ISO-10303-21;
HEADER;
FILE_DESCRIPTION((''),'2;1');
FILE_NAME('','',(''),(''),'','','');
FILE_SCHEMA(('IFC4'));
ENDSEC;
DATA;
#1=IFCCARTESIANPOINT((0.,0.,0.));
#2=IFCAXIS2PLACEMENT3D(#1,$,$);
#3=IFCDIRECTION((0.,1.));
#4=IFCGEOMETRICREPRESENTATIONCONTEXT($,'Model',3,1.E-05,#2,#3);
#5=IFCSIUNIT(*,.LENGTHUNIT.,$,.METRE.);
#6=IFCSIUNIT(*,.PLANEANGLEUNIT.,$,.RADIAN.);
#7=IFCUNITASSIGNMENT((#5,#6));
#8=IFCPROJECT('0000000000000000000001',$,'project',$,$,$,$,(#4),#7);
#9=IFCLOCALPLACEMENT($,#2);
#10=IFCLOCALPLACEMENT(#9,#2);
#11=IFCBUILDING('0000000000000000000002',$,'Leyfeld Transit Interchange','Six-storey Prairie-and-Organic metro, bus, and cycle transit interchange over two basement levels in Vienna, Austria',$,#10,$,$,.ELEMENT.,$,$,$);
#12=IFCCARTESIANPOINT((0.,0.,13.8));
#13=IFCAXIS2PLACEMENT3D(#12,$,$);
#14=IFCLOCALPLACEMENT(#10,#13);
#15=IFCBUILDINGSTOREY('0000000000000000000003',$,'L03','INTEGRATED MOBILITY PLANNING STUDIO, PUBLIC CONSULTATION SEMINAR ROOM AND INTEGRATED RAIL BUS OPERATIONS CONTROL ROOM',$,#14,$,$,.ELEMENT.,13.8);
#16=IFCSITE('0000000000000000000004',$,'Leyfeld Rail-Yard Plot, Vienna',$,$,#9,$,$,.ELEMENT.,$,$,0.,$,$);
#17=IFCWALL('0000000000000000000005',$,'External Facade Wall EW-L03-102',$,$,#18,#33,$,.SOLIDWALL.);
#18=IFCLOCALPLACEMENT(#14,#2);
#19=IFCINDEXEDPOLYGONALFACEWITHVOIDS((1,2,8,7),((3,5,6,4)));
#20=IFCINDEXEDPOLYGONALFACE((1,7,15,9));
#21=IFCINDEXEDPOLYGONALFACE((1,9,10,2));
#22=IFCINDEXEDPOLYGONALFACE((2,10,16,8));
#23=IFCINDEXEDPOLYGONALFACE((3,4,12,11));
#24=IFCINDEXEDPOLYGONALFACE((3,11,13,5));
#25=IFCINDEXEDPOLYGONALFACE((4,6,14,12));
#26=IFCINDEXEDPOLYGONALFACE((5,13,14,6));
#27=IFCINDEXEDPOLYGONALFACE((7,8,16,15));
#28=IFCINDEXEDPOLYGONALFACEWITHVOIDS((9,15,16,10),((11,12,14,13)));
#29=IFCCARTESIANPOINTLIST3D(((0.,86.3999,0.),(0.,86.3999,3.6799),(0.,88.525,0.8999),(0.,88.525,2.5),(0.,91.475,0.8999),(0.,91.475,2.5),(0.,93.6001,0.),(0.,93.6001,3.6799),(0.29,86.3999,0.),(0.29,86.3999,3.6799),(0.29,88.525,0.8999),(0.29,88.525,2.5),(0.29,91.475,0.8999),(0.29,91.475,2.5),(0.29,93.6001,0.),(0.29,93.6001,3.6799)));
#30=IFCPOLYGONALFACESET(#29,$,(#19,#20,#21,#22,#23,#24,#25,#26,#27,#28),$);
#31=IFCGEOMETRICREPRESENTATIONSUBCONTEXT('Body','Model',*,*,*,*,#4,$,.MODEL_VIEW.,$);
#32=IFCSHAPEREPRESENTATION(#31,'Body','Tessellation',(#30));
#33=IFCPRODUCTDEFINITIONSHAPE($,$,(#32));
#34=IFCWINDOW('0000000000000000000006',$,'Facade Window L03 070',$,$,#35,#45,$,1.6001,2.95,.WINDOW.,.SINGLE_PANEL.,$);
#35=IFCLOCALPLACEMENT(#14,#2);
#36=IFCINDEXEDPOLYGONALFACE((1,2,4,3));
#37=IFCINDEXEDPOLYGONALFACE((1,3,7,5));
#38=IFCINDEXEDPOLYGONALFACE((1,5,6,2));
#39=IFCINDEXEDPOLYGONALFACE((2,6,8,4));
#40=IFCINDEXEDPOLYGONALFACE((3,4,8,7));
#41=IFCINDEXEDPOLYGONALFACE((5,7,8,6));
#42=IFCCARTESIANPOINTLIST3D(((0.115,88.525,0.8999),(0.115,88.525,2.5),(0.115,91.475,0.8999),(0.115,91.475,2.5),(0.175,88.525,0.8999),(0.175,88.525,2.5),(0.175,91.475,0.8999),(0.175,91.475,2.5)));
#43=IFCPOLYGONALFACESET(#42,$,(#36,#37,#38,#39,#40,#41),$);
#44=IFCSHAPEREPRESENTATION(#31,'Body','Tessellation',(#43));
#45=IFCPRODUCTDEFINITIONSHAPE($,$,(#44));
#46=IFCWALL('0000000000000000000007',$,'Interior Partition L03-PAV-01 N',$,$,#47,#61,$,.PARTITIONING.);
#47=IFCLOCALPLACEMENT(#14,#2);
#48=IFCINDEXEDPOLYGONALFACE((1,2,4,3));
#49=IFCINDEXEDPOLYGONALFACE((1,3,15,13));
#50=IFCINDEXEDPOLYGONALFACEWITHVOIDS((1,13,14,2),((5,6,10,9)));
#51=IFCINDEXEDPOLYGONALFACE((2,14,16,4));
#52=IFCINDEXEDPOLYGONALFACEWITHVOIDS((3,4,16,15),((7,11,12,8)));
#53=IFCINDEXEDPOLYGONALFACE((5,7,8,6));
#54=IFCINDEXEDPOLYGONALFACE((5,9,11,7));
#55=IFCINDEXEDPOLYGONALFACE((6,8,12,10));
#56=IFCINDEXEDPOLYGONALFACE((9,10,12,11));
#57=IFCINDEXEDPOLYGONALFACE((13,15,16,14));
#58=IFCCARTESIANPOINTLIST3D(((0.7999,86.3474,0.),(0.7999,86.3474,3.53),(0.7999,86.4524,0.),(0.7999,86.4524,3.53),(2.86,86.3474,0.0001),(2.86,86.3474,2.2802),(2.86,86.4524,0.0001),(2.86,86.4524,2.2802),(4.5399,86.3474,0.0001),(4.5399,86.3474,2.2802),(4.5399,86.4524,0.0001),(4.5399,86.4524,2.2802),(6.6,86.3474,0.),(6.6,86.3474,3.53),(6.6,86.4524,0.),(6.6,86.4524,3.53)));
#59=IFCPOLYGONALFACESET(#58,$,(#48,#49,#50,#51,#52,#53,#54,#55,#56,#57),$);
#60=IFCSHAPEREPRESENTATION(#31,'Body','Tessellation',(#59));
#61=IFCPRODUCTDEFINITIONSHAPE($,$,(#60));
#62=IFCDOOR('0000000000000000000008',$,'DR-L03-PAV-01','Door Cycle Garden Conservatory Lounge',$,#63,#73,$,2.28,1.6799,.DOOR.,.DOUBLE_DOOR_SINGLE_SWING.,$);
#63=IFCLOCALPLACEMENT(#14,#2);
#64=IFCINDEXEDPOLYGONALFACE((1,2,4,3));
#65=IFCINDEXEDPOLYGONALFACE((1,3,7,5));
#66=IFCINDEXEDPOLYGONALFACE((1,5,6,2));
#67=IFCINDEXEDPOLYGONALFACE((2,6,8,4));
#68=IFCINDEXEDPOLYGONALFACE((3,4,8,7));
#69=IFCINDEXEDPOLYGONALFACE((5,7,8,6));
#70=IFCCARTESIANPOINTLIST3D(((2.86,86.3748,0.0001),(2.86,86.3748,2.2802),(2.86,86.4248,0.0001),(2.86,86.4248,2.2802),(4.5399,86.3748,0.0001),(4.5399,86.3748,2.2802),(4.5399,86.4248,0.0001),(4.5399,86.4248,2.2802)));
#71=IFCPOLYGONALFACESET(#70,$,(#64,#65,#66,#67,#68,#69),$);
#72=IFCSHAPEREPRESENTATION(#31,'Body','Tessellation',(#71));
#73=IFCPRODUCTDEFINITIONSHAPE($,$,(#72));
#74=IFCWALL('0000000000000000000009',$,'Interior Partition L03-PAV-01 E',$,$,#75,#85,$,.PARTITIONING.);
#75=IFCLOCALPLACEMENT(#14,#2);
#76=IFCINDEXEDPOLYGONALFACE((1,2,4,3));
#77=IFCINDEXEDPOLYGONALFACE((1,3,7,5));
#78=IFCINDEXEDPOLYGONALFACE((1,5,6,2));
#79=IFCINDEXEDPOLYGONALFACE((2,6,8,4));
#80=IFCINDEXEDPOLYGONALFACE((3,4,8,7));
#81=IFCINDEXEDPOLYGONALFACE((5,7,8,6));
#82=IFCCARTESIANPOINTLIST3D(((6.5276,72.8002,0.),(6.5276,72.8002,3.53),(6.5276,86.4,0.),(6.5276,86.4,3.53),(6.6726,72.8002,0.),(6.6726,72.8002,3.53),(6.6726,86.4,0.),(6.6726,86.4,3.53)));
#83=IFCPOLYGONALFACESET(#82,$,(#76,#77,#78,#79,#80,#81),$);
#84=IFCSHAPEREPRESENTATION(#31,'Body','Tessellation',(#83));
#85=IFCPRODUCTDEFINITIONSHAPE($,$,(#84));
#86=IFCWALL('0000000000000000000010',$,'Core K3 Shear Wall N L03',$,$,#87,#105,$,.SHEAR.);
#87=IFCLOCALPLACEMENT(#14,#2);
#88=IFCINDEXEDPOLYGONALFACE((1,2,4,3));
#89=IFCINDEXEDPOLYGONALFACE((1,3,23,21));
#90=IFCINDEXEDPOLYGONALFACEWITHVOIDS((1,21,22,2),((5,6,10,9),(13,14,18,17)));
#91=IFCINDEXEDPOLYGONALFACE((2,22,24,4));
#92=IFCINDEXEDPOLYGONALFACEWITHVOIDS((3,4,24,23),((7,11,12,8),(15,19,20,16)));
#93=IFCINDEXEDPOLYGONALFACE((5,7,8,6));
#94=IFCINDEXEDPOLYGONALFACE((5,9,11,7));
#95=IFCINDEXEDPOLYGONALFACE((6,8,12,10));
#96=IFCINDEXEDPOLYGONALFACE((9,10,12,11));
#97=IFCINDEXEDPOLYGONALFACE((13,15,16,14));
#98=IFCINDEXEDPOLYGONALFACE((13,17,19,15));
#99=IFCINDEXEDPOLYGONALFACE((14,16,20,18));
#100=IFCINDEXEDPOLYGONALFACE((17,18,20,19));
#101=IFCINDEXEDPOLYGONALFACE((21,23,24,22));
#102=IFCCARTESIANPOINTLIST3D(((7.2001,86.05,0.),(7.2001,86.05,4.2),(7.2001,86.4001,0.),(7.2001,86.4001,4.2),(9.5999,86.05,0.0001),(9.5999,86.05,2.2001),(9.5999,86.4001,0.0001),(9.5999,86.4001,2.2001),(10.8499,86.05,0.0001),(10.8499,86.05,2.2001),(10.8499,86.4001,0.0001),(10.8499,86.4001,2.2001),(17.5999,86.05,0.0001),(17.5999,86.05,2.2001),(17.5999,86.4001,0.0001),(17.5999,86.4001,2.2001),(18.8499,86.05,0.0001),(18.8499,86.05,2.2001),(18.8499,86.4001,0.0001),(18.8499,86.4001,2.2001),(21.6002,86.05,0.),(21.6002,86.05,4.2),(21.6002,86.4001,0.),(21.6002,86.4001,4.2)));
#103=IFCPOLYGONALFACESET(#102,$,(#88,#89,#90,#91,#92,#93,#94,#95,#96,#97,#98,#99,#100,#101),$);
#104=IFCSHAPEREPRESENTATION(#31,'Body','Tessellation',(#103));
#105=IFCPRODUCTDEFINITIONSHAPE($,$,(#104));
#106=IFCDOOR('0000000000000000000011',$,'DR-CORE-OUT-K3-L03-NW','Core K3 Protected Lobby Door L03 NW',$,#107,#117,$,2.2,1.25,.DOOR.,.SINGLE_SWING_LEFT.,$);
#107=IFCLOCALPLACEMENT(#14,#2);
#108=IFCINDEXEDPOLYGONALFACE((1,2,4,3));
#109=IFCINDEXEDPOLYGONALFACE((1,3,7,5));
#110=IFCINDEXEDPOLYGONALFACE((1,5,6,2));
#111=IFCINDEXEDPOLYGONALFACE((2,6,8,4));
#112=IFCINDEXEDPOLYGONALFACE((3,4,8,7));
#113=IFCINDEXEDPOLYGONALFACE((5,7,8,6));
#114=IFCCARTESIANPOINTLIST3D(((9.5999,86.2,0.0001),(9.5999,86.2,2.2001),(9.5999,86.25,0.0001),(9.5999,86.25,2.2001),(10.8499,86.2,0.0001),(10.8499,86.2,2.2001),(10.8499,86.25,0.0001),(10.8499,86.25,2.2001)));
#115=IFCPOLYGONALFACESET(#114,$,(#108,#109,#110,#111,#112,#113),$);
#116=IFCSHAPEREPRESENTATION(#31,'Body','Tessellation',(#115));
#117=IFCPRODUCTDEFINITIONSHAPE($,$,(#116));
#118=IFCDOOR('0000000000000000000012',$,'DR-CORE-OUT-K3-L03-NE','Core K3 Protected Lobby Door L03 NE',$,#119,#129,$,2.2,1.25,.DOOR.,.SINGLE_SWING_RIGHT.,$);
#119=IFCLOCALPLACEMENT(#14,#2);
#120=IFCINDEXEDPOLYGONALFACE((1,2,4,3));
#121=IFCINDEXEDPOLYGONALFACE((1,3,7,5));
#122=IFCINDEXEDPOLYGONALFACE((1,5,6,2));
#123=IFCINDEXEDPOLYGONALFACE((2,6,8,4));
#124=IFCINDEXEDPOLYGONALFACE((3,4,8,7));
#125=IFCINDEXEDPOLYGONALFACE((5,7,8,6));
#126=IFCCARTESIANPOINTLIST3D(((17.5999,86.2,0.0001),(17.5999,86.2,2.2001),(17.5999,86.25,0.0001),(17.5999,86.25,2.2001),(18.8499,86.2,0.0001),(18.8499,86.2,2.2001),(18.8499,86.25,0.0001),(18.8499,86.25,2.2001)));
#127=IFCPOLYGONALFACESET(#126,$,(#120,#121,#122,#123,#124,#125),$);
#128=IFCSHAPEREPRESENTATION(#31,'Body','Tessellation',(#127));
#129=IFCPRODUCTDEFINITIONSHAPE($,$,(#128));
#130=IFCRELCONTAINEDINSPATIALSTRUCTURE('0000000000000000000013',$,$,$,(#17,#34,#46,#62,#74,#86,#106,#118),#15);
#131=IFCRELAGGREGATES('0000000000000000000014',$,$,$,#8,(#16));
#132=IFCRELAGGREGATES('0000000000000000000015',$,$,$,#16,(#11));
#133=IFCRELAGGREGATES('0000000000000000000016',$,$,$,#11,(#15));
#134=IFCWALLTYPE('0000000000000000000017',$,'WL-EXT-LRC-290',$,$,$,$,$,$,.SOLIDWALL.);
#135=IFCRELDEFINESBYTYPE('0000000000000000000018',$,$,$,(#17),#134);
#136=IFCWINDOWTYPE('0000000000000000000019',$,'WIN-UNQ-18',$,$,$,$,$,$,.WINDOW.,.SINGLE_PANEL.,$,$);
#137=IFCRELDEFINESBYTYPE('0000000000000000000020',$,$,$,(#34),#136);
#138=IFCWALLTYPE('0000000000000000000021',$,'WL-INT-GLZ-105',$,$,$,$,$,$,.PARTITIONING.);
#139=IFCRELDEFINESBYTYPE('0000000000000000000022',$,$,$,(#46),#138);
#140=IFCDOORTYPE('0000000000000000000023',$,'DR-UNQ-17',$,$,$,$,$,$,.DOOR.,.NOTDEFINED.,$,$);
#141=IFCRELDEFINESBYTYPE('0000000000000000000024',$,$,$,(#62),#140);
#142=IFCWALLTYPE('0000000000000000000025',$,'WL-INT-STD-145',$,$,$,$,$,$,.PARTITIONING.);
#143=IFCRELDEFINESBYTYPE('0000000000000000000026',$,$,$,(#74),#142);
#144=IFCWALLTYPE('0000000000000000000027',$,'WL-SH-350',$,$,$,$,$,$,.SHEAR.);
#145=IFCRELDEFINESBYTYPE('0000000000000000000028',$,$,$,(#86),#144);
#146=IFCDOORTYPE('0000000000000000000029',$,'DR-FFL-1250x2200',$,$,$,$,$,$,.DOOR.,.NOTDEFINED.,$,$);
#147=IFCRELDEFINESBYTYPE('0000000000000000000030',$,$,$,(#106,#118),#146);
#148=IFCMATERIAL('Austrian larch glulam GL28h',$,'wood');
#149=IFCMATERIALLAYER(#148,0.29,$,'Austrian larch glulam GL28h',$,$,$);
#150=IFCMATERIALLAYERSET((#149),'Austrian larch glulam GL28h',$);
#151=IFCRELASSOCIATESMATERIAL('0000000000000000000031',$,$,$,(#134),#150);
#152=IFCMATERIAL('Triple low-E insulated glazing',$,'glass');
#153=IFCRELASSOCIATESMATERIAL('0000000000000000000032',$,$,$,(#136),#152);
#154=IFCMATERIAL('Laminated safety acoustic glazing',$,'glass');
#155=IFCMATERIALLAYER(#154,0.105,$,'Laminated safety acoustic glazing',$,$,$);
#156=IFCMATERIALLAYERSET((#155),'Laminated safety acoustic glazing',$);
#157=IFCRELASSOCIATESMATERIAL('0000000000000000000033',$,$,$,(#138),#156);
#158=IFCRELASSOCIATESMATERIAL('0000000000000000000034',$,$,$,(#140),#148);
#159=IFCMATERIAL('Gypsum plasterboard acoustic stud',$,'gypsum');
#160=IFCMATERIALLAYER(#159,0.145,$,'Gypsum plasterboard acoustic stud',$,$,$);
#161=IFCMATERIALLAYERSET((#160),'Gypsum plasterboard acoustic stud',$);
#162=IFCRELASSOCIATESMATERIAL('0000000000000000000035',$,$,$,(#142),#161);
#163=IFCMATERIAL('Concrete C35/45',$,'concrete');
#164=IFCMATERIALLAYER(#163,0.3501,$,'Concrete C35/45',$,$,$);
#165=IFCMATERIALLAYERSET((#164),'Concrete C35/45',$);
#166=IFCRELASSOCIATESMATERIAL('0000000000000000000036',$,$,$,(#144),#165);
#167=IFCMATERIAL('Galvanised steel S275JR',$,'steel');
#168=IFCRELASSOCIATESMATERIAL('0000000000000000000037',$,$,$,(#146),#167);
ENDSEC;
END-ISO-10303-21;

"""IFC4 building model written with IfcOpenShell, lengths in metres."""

from ifc_helpers import new_model, si_unit, direction, frame, frame_2d, origin, place, context, subcontext, project, spatial, rectangle, extrude, material, layer, layer_set, type_object, element, fill, save


model = new_model("IFC4")

# Units and contexts
model_context = context("Model", 3, precision=1e-05, world=origin(), true_north=direction((0.0, 1.0)))
body_context = subcontext(model_context, "Body", "Model", "MODEL_VIEW")
ifc_project = project(units=[si_unit("LENGTHUNIT", "METRE"), si_unit("PLANEANGLEUNIT", "RADIAN")], contexts=[model_context])

# Site, building, storey
site_placement = place(None, origin())
site = spatial("IfcSite", under=ifc_project, at=site_placement, Name="Leyfeld Rail-Yard Plot, Vienna", CompositionType="ELEMENT", RefElevation=0.0)
building_placement = place(site_placement, origin())
building = spatial("IfcBuilding", under=site, at=building_placement, Name="Leyfeld Transit Interchange", Description="Six-storey Prairie-and-Organic metro, bus, and cycle transit interchange over two basement levels in Vienna, Austria", CompositionType="ELEMENT")
storey_placement = place(building_placement, frame((0.0, 0.0, 13.8)))
storey = spatial("IfcBuildingStorey", under=building, at=storey_placement, Name="L03", Description="INTEGRATED MOBILITY PLANNING STUDIO, PUBLIC CONSULTATION SEMINAR ROOM AND INTEGRATED RAIL BUS OPERATIONS CONTROL ROOM", CompositionType="ELEMENT", Elevation=13.8)

# Shared definitions
ifc_material_1 = material(Name="Concrete C35/45", Category="concrete")

# Shared definitions
ifc_material_2 = material(Name="Triple low-E insulated glazing", Category="glass")

# Wall, opening, window
ifc_material_3 = material(Name="Austrian larch glulam GL28h", Category="wood")
ifc_layer_1 = layer(ifc_material_3, 0.29, Name="Austrian larch glulam GL28h")
ifc_layer_set_1 = layer_set([ifc_layer_1], Name="Austrian larch glulam GL28h")
wall_type_1 = type_object("IfcWallType", Name="WL-EXT-LRC-290", PredefinedType="SOLIDWALL", material=ifc_layer_set_1)
wall_1_placement = place(storey_placement, frame((0.145, 86.3999, 0.0), z_axis=(0.0, 0.0, 1.0), x_axis=(0.0, 1.0, 0.0)))
wall_1 = element("IfcWall", 1, at=wall_1_placement, inside=storey, type_object=wall_type_1, Name="External Facade Wall EW-L03-102", PredefinedType="SOLIDWALL", context=body_context, shape_type="SweptSolid", body=[
    extrude(rectangle(XDim=7.2002, YDim=0.29, at=frame_2d((3.6001, 0.0))), origin(), (0.0, 0.0, 1.0), 3.6799),
])
opening_1_placement = place(wall_1_placement, frame((2.125, 0.0, 0.8999)))
opening_1 = element("IfcOpeningElement", 2, at=opening_1_placement, cuts=wall_1, PredefinedType="OPENING", context=body_context, shape_type="SweptSolid", body=[
    extrude(rectangle(XDim=2.95, YDim=1.6001, at=frame_2d((1.4751, 0.8))), frame((0.0, 0.155, 0.0), z_axis=(0.0, -1.0, 0.0), x_axis=(1.0, 0.0, 0.0)), (0.0, 0.0, 1.0), 0.3101),
])
window_type = type_object("IfcWindowType", Name="WIN-UNQ-18", PartitioningType="SINGLE_PANEL", PredefinedType="WINDOW", material=ifc_material_2)
window_placement = place(opening_1_placement, origin())
window = element("IfcWindow", 3, at=window_placement, inside=storey, type_object=window_type, Name="Facade Window L03 070", OverallHeight=1.6001, OverallWidth=2.95, PartitioningType="SINGLE_PANEL", PredefinedType="WINDOW", context=body_context, shape_type="SweptSolid", body=[
    extrude(rectangle(XDim=2.95, YDim=1.6001, at=frame_2d((1.4751, 0.8))), frame((0.0, 0.03, 0.0), z_axis=(0.0, -1.0, 0.0), x_axis=(1.0, 0.0, 0.0)), (0.0, 0.0, 1.0), 0.0601),
])
fill(opening_1, window)

# Wall, opening, door
ifc_material_4 = material(Name="Laminated safety acoustic glazing", Category="glass")
ifc_layer_2 = layer(ifc_material_4, 0.105, Name="Laminated safety acoustic glazing")
ifc_layer_set_2 = layer_set([ifc_layer_2], Name="Laminated safety acoustic glazing")
wall_type_2 = type_object("IfcWallType", Name="WL-INT-GLZ-105", PredefinedType="PARTITIONING", material=ifc_layer_set_2)
wall_2_placement = place(storey_placement, frame((0.8, 86.3999, 0.0), z_axis=(0.0, 0.0, 1.0), x_axis=(1.0, 0.0, 0.0)))
wall_2 = element("IfcWall", 4, at=wall_2_placement, inside=storey, type_object=wall_type_2, Name="Interior Partition L03-PAV-01 N", PredefinedType="PARTITIONING", context=body_context, shape_type="SweptSolid", body=[
    extrude(rectangle(XDim=5.8, YDim=0.105, at=frame_2d((2.8999, 0.0))), origin(), (0.0, 0.0, 1.0), 3.53),
])
opening_2_placement = place(wall_2_placement, frame((2.0601, 0.0, 0.0)))
opening_2 = element("IfcOpeningElement", 5, at=opening_2_placement, cuts=wall_2, PredefinedType="OPENING", context=body_context, shape_type="SweptSolid", body=[
    extrude(rectangle(XDim=1.6799, YDim=2.28, at=frame_2d((0.8398, 1.1401))), frame((0.0, 0.0625, 0.0), z_axis=(0.0, -1.0, 0.0), x_axis=(1.0, 0.0, 0.0)), (0.0, 0.0, 1.0), 0.125),
])
door_type_1 = type_object("IfcDoorType", Name="DR-UNQ-17", OperationType="NOTDEFINED", PredefinedType="DOOR", material=ifc_material_3)
door_1_placement = place(opening_2_placement, origin())
door_1 = element("IfcDoor", 6, at=door_1_placement, inside=storey, type_object=door_type_1, Name="DR-L03-PAV-01", Description="Door Cycle Garden Conservatory Lounge", OperationType="DOUBLE_DOOR_SINGLE_SWING", OverallHeight=2.28, OverallWidth=1.6799, PredefinedType="DOOR", context=body_context, shape_type="SweptSolid", body=[
    extrude(rectangle(XDim=1.6799, YDim=2.28, at=frame_2d((0.8398, 1.1401))), frame((0.0, 0.0249, 0.0), z_axis=(0.0, -1.0, 0.0), x_axis=(1.0, 0.0, 0.0)), (0.0, 0.0, 1.0), 0.05),
])
fill(opening_2, door_1)

# Wall
ifc_material_5 = material(Name="Gypsum plasterboard acoustic stud", Category="gypsum")
ifc_layer_3 = layer(ifc_material_5, 0.145, Name="Gypsum plasterboard acoustic stud")
ifc_layer_set_3 = layer_set([ifc_layer_3], Name="Gypsum plasterboard acoustic stud")
wall_type_3 = type_object("IfcWallType", Name="WL-INT-STD-145", PredefinedType="PARTITIONING", material=ifc_layer_set_3)
wall_3_placement = place(storey_placement, frame((6.6001, 86.3999, 0.0), z_axis=(0.0, 0.0, 1.0), x_axis=(0.0, -1.0, 0.0)))
element("IfcWall", 7, at=wall_3_placement, inside=storey, type_object=wall_type_3, Name="Interior Partition L03-PAV-01 E", PredefinedType="PARTITIONING", context=body_context, shape_type="SweptSolid", body=[
    extrude(rectangle(XDim=13.5999, YDim=0.145, at=frame_2d((6.7998, 0.0))), origin(), (0.0, 0.0, 1.0), 3.53),
])

# Wall, openings, doors
ifc_layer_4 = layer(ifc_material_1, 0.3501, Name="Concrete C35/45")
ifc_layer_set_4 = layer_set([ifc_layer_4], Name="Concrete C35/45")
wall_type_4 = type_object("IfcWallType", Name="WL-SH-350", PredefinedType="SHEAR", material=ifc_layer_set_4)
wall_4_placement = place(storey_placement, frame((7.2, 86.2251, 0.0), z_axis=(0.0, 0.0, 1.0), x_axis=(1.0, 0.0, 0.0)))
wall_4 = element("IfcWall", 8, at=wall_4_placement, inside=storey, type_object=wall_type_4, Name="Core K3 Shear Wall N L03", PredefinedType="SHEAR", context=body_context, shape_type="SweptSolid", body=[
    extrude(rectangle(XDim=14.4001, YDim=0.3501, at=frame_2d((7.2002, 0.0))), origin(), (0.0, 0.0, 1.0), 4.2),
])
opening_3_placement = place(wall_4_placement, frame((2.3999, 0.0, 0.0)))
opening_3 = element("IfcOpeningElement", 9, at=opening_3_placement, cuts=wall_4, PredefinedType="OPENING", context=body_context, shape_type="SweptSolid", body=[
    extrude(rectangle(XDim=1.25, YDim=2.2, at=frame_2d((0.625, 1.1001))), frame((0.0, 0.1851, 0.0), z_axis=(0.0, -1.0, 0.0), x_axis=(1.0, 0.0, 0.0)), (0.0, 0.0, 1.0), 0.3701),
])
opening_4_placement = place(wall_4_placement, frame((10.3999, 0.0, 0.0)))
opening_4 = element("IfcOpeningElement", 10, at=opening_4_placement, cuts=wall_4, PredefinedType="OPENING", context=body_context, shape_type="SweptSolid", body=[
    extrude(rectangle(XDim=1.25, YDim=2.2, at=frame_2d((0.625, 1.1001))), frame((0.0, 0.1851, 0.0), z_axis=(0.0, -1.0, 0.0), x_axis=(1.0, 0.0, 0.0)), (0.0, 0.0, 1.0), 0.3701),
])
ifc_material_6 = material(Name="Galvanised steel S275JR", Category="steel")
door_type_2 = type_object("IfcDoorType", Name="DR-FFL-1250x2200", OperationType="NOTDEFINED", PredefinedType="DOOR", material=ifc_material_6)
door_2_placement = place(opening_3_placement, origin())
door_2 = element("IfcDoor", 11, at=door_2_placement, inside=storey, type_object=door_type_2, Name="DR-CORE-OUT-K3-L03-NW", Description="Core K3 Protected Lobby Door L03 NW", OperationType="SINGLE_SWING_LEFT", OverallHeight=2.2, OverallWidth=1.25, PredefinedType="DOOR", context=body_context, shape_type="SweptSolid", body=[
    extrude(rectangle(XDim=1.25, YDim=2.2, at=frame_2d((0.625, 1.1001))), frame((0.0, 0.0249, 0.0), z_axis=(0.0, -1.0, 0.0), x_axis=(1.0, 0.0, 0.0)), (0.0, 0.0, 1.0), 0.05),
])
fill(opening_3, door_2)
door_3_placement = place(opening_4_placement, origin())
door_3 = element("IfcDoor", 12, at=door_3_placement, inside=storey, type_object=door_type_2, Name="DR-CORE-OUT-K3-L03-NE", Description="Core K3 Protected Lobby Door L03 NE", OperationType="SINGLE_SWING_RIGHT", OverallHeight=2.2, OverallWidth=1.25, PredefinedType="DOOR", context=body_context, shape_type="SweptSolid", body=[
    extrude(rectangle(XDim=1.25, YDim=2.2, at=frame_2d((0.625, 1.1001))), frame((0.0, 0.0249, 0.0), z_axis=(0.0, -1.0, 0.0), x_axis=(1.0, 0.0, 0.0)), (0.0, 0.0, 1.0), 0.05),
])
fill(opening_4, door_3)

save(model, "model.ifc")
